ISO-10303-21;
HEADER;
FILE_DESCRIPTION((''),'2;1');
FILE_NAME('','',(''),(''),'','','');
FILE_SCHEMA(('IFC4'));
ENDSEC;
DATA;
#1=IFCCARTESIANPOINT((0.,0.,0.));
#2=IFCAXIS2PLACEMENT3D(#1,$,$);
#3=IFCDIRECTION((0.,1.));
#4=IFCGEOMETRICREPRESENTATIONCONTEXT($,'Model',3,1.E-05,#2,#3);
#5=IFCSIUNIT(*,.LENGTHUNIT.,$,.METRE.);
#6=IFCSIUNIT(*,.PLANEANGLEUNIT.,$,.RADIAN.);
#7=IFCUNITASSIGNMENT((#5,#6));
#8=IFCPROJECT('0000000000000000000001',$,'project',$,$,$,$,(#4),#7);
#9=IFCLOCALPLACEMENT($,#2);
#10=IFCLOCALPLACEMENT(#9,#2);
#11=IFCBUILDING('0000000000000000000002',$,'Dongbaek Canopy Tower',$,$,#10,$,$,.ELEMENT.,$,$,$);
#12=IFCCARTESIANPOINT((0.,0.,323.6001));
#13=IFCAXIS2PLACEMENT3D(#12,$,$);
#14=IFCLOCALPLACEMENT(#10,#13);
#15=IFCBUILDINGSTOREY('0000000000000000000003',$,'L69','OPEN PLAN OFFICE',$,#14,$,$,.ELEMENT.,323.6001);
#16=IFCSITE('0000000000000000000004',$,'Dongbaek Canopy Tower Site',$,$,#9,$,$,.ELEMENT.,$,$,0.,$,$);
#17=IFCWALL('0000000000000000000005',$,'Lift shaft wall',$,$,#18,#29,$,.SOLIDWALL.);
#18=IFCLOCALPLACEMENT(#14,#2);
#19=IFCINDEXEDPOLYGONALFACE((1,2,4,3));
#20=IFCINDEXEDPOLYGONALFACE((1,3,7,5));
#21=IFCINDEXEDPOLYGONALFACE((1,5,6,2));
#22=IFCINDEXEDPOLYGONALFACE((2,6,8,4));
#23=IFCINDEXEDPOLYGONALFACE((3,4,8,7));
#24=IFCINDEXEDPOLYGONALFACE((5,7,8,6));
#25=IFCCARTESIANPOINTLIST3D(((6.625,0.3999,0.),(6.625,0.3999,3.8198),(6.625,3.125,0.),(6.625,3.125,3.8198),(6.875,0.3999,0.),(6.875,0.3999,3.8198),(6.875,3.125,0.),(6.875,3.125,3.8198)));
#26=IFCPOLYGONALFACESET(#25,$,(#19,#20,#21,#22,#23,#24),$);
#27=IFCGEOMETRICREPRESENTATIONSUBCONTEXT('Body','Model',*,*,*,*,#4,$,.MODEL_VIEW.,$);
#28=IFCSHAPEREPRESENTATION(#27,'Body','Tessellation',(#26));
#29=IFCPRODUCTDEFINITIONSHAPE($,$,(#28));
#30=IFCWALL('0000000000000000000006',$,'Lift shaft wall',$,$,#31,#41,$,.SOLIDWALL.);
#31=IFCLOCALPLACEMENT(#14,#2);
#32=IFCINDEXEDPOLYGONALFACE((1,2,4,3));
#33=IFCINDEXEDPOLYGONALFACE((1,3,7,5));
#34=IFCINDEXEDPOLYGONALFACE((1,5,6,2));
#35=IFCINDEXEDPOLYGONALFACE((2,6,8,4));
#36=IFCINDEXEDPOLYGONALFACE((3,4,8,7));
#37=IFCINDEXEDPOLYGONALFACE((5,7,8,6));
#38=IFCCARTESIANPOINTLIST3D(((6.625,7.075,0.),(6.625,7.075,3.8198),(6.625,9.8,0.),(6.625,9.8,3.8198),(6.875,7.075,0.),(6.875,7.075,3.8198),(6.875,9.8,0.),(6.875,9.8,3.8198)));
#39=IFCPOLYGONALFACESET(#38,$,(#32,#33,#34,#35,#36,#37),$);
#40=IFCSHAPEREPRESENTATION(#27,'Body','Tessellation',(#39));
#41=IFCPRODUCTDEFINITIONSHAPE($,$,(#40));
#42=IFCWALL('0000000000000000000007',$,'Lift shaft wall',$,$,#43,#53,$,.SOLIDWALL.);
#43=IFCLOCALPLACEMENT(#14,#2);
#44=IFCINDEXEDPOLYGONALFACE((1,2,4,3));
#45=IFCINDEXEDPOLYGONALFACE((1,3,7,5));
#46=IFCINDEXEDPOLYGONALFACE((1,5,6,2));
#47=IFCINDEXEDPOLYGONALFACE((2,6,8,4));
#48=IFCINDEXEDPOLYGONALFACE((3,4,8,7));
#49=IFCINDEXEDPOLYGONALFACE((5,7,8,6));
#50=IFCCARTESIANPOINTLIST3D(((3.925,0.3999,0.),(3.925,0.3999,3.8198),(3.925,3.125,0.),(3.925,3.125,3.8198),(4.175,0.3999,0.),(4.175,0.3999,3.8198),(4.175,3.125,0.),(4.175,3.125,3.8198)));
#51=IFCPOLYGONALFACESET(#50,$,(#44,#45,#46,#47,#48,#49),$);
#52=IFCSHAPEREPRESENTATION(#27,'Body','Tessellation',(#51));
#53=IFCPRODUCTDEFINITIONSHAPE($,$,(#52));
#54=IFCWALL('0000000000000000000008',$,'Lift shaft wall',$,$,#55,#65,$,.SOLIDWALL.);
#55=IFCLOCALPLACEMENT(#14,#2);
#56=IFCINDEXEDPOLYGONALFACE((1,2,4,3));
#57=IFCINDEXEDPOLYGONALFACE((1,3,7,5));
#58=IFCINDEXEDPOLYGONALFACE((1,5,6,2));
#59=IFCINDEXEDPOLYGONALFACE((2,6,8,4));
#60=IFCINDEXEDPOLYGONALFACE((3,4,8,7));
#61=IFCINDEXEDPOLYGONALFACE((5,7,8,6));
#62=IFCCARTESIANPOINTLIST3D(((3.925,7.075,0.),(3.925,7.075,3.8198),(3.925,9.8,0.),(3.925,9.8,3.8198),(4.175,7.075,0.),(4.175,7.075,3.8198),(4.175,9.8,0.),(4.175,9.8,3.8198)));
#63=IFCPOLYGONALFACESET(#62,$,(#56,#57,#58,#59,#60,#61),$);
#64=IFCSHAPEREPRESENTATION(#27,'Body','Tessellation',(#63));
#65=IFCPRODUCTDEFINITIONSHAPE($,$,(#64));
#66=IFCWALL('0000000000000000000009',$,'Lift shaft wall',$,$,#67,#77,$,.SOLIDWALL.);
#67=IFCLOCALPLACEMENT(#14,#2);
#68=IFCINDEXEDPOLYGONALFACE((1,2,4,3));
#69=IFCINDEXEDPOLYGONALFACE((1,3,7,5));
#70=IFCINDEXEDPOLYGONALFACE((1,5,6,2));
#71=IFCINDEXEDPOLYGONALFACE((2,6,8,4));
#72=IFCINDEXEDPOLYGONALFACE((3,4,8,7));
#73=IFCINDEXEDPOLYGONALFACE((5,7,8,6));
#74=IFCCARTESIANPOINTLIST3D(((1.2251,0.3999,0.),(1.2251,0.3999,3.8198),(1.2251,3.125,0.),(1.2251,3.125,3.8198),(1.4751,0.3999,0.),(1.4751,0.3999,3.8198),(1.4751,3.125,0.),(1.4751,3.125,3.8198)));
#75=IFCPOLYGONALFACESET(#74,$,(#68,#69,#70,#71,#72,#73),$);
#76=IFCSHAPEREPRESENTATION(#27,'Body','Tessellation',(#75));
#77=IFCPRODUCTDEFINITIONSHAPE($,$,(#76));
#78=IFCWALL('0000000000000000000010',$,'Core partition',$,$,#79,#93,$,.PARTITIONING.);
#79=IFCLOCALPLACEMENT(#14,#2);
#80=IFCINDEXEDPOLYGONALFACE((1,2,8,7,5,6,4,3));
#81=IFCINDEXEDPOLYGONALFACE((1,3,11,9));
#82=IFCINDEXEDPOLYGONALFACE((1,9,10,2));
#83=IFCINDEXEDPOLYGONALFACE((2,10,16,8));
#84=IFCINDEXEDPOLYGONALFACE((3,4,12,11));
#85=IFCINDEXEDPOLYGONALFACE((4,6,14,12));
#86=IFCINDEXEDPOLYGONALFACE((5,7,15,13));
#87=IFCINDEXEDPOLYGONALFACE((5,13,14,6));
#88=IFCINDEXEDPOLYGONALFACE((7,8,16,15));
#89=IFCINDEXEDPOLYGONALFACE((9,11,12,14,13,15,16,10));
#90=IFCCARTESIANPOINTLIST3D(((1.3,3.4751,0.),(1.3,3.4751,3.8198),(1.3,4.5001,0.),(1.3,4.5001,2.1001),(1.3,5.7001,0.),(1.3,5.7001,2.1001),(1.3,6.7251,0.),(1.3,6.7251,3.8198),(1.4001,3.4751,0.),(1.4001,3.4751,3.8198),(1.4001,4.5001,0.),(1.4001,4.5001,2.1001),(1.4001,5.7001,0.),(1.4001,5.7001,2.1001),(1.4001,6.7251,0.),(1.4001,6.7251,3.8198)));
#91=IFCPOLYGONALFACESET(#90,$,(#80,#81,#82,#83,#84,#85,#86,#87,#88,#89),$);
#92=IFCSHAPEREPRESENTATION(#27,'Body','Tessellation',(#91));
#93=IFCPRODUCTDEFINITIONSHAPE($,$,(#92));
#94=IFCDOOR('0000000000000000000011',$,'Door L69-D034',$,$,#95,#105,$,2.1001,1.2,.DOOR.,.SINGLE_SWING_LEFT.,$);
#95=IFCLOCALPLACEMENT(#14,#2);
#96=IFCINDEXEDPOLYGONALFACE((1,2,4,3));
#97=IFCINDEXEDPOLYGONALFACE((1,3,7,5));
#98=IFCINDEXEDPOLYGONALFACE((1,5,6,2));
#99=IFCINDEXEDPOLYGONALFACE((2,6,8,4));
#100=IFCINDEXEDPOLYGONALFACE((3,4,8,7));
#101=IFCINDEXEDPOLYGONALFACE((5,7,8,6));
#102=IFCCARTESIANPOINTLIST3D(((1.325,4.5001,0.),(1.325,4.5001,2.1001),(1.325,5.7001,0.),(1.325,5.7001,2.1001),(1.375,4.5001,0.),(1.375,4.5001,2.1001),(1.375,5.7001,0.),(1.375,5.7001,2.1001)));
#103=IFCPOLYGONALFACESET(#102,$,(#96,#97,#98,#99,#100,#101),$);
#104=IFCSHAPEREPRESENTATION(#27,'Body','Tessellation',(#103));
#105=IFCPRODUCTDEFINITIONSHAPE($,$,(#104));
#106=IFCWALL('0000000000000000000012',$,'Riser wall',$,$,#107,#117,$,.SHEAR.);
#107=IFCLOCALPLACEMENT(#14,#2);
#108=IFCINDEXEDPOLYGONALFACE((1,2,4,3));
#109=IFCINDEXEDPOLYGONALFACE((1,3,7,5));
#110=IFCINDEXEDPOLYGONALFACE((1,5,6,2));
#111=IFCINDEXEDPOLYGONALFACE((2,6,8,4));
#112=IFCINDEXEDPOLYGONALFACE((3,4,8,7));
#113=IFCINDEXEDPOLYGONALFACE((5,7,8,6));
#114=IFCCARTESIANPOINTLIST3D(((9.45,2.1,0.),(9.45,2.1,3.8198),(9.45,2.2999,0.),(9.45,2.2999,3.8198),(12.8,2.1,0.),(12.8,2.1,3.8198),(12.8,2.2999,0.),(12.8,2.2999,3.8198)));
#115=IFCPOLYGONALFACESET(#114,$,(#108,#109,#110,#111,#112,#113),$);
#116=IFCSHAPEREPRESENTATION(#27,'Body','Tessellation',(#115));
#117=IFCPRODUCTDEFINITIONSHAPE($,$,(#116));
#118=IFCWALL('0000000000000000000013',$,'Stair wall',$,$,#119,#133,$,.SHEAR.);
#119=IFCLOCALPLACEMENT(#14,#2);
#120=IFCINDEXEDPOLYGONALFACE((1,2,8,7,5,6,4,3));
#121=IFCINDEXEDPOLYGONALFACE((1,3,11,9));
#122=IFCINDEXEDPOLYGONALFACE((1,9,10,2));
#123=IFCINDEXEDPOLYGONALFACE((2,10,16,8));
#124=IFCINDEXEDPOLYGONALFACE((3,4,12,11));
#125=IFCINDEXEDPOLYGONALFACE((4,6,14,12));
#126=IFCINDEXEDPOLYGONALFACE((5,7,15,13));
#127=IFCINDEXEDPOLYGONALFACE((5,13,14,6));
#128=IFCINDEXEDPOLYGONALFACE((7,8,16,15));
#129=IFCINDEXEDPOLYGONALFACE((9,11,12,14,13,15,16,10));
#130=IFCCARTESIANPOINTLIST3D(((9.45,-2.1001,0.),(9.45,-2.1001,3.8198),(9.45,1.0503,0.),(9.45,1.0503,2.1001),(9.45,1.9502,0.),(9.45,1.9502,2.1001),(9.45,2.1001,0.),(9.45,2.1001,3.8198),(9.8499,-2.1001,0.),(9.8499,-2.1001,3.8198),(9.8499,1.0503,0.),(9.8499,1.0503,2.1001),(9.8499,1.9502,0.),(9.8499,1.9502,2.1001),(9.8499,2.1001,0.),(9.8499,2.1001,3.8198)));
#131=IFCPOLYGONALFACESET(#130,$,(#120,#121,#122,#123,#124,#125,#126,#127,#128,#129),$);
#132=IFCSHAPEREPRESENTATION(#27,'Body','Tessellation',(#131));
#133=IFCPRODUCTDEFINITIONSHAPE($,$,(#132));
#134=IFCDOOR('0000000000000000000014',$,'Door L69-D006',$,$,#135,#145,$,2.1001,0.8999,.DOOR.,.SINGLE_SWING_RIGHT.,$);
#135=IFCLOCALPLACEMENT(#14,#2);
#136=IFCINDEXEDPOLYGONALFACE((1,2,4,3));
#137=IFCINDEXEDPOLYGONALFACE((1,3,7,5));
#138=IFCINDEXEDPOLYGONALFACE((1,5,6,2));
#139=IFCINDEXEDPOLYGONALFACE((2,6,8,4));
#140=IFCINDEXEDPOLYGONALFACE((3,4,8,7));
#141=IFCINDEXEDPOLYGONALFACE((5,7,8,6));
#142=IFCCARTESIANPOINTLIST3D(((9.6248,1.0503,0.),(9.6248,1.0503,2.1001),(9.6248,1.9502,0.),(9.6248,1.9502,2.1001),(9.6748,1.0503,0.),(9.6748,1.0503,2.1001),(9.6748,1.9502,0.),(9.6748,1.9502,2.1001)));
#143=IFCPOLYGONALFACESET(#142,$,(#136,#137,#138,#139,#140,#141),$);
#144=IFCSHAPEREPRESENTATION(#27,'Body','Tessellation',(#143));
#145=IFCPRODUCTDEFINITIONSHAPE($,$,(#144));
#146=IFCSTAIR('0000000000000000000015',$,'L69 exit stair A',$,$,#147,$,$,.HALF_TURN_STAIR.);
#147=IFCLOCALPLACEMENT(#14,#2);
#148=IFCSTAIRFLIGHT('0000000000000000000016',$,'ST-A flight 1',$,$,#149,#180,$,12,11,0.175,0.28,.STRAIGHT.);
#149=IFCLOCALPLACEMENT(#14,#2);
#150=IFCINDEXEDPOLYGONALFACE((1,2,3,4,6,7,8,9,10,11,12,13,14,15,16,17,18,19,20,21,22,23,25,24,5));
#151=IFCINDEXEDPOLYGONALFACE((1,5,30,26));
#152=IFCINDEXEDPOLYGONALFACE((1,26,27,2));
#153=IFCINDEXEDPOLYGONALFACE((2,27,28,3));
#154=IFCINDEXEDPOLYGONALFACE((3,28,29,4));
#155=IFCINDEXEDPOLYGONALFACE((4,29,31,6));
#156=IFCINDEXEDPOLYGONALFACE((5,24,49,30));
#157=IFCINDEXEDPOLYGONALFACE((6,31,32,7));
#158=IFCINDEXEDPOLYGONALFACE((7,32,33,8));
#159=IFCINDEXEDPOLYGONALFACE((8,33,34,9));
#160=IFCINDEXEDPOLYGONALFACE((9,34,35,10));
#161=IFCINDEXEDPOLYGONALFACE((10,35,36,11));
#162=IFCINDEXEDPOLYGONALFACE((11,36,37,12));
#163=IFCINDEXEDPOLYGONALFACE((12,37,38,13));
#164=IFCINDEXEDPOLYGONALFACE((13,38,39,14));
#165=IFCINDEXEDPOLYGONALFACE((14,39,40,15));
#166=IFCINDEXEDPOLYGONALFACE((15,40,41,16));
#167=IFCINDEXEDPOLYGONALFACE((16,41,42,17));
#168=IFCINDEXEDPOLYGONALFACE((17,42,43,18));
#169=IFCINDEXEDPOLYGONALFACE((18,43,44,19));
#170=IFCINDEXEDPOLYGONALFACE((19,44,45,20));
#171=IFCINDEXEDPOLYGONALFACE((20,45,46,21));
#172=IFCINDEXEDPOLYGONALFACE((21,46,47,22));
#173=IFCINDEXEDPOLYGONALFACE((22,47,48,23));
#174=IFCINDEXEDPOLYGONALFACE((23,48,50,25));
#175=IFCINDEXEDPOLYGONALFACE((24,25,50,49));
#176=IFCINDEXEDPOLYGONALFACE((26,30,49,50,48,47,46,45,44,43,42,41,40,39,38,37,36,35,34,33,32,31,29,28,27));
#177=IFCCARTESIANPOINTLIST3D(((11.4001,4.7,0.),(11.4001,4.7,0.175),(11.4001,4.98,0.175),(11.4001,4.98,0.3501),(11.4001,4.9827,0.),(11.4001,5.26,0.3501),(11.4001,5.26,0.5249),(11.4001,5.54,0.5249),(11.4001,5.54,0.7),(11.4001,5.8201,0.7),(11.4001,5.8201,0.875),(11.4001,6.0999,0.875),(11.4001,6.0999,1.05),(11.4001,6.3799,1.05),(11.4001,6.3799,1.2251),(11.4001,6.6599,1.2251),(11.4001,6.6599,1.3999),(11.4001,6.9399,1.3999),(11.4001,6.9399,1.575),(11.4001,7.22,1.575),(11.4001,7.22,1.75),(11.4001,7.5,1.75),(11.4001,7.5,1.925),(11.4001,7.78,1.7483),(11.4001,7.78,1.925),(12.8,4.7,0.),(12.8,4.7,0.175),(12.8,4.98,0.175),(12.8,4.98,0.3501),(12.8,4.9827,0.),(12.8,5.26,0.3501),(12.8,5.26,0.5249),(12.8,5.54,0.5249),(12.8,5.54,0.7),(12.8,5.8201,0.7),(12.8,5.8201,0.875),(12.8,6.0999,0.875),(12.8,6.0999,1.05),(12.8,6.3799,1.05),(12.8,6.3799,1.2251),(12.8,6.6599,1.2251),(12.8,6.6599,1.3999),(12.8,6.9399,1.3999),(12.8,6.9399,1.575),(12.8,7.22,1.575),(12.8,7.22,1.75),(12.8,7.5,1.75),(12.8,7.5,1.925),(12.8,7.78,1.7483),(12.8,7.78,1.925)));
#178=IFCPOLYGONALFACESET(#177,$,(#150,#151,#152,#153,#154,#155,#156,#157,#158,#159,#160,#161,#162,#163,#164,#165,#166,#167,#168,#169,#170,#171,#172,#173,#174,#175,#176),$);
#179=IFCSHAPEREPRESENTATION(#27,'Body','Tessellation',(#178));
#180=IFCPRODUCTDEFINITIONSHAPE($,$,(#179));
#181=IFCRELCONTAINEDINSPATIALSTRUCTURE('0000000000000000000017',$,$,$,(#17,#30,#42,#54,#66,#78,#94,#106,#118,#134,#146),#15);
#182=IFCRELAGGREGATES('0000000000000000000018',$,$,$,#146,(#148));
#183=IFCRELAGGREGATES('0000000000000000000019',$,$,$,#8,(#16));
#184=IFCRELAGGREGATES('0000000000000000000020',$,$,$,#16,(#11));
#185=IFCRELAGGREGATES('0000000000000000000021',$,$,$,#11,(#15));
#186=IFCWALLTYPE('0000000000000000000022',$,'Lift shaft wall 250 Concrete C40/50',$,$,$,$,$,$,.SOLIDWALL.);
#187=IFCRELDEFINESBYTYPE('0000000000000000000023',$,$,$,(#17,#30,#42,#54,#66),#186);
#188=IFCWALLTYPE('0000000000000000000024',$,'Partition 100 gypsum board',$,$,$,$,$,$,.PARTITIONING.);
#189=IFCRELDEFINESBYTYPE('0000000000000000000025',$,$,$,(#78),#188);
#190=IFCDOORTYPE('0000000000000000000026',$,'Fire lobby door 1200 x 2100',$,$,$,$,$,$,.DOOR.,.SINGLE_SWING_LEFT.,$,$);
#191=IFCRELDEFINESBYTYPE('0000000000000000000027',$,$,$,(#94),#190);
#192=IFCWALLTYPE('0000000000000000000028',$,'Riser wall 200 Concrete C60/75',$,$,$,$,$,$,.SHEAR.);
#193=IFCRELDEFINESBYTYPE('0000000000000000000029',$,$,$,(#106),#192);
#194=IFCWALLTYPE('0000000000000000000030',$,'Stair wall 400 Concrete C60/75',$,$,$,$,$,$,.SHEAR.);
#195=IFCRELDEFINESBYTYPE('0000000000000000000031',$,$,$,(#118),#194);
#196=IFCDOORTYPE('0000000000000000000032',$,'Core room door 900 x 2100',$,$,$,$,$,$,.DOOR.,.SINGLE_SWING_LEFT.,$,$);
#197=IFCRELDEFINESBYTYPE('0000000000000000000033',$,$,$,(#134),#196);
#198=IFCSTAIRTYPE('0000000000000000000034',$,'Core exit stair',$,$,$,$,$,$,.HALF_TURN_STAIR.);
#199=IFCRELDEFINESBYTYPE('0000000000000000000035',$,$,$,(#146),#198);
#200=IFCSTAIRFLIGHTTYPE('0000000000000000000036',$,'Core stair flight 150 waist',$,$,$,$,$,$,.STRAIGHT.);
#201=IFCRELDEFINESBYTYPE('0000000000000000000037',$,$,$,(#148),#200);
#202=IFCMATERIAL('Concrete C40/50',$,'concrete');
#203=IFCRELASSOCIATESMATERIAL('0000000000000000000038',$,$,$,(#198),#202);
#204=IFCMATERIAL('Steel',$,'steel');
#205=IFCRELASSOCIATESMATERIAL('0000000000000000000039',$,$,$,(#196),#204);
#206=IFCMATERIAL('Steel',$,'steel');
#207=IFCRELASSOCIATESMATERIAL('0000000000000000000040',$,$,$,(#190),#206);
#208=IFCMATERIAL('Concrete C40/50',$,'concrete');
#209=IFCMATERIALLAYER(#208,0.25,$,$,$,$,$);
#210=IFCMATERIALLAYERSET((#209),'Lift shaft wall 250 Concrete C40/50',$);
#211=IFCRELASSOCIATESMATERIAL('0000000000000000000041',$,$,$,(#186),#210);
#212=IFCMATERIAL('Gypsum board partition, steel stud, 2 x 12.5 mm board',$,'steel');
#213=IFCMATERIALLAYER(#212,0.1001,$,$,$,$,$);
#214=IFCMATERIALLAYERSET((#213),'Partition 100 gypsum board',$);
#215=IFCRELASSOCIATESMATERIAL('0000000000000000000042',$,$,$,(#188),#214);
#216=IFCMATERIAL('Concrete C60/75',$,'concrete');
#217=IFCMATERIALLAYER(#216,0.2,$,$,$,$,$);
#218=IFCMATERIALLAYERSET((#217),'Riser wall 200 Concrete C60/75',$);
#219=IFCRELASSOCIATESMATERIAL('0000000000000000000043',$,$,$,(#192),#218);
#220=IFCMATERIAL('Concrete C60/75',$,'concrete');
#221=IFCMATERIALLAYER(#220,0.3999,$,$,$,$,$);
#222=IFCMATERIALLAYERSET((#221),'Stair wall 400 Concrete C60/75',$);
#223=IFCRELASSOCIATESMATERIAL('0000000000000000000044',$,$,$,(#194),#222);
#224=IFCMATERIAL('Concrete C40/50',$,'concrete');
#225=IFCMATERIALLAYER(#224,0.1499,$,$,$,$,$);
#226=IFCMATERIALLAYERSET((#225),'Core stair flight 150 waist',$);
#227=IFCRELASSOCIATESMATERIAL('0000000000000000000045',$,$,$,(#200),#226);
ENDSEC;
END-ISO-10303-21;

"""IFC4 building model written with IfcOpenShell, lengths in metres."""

from ifc_helpers import new_model, si_unit, direction, frame, frame_2d, origin, place, context, subcontext, project, spatial, polyline, rectangle, outline, extrude, material, layer, layer_set, type_object, element, fill, aggregate, save


model = new_model("IFC4")

# Units and contexts
model_context = context("Model", 3, precision=1e-05, world=origin(), true_north=direction((0.0, 1.0)))
body_context = subcontext(model_context, "Body", "Model", "MODEL_VIEW")
ifc_project = project(units=[si_unit("LENGTHUNIT", "METRE"), si_unit("PLANEANGLEUNIT", "RADIAN")], contexts=[model_context])

# Site, building, storey
site_placement = place(None, origin())
site = spatial("IfcSite", under=ifc_project, at=site_placement, Name="Dongbaek Canopy Tower Site", CompositionType="ELEMENT", RefElevation=0.0)
building_placement = place(site_placement, origin())
building = spatial("IfcBuilding", under=site, at=building_placement, Name="Dongbaek Canopy Tower", CompositionType="ELEMENT")
storey_placement = place(building_placement, frame((0.0, 0.0, 323.6001)))
storey = spatial("IfcBuildingStorey", under=building, at=storey_placement, Name="L69", Description="OPEN PLAN OFFICE", CompositionType="ELEMENT", Elevation=323.6001)

# Shared definitions
ifc_material_1 = material(Name="Concrete C40/50", Category="concrete")
stair_type = type_object("IfcStairType", Name="Core exit stair", PredefinedType="HALF_TURN_STAIR", material=ifc_material_1)

# Shared definitions
ifc_material_2 = material(Name="Steel", Category="steel")
door_type_1 = type_object("IfcDoorType", Name="Core room door 900 x 2100", OperationType="SINGLE_SWING_LEFT", PredefinedType="DOOR", material=ifc_material_2)

# Shared definitions
ifc_material_3 = material(Name="Steel", Category="steel")
door_type_2 = type_object("IfcDoorType", Name="Fire lobby door 1200 x 2100", OperationType="SINGLE_SWING_LEFT", PredefinedType="DOOR", material=ifc_material_3)

# Walls
ifc_material_4 = material(Name="Concrete C40/50", Category="concrete")
ifc_layer_1 = layer(ifc_material_4, 0.25)
ifc_layer_set_1 = layer_set([ifc_layer_1], Name="Lift shaft wall 250 Concrete C40/50")
wall_type_1 = type_object("IfcWallType", Name="Lift shaft wall 250 Concrete C40/50", PredefinedType="SOLIDWALL", material=ifc_layer_set_1)
for number, where, z_axis, x_axis, name in (
    (1, (6.75, 0.3999, 0.0), (0.0, 0.0, 1.0), (0.0, 1.0, 0.0), "Lift shaft wall"),
    (2, (6.75, 7.075, 0.0), (0.0, 0.0, 1.0), (0.0, 1.0, 0.0), "Lift shaft wall"),
    (3, (4.05, 0.3999, 0.0), (0.0, 0.0, 1.0), (0.0, 1.0, 0.0), "Lift shaft wall"),
    (4, (4.05, 7.075, 0.0), (0.0, 0.0, 1.0), (0.0, 1.0, 0.0), "Lift shaft wall"),
    (5, (1.3501, 0.3999, 0.0), (0.0, 0.0, 1.0), (0.0, 1.0, 0.0), "Lift shaft wall"),
):
    element("IfcWall", number, at=place(storey_placement, frame(where, z_axis=z_axis, x_axis=x_axis)), inside=storey, type_object=wall_type_1, Name=name, PredefinedType="SOLIDWALL", context=body_context, shape_type="SweptSolid", body=[
        extrude(rectangle(XDim=2.7251, YDim=0.25, at=frame_2d((1.3625, 0.0))), origin(), (0.0, 0.0, 1.0), 3.8198),
    ])

# Wall, opening, door
ifc_material_5 = material(Name="Gypsum board partition, steel stud, 2 x 12.5 mm board", Category="steel")
ifc_layer_2 = layer(ifc_material_5, 0.1001)
ifc_layer_set_2 = layer_set([ifc_layer_2], Name="Partition 100 gypsum board")
wall_type_2 = type_object("IfcWallType", Name="Partition 100 gypsum board", PredefinedType="PARTITIONING", material=ifc_layer_set_2)
wall_1_placement = place(storey_placement, frame((1.3501, 6.7251, 0.0), z_axis=(0.0, 0.0, 1.0), x_axis=(0.0, -1.0, 0.0)))
wall_1 = element("IfcWall", 6, at=wall_1_placement, inside=storey, type_object=wall_type_2, Name="Core partition", PredefinedType="PARTITIONING", context=body_context, shape_type="SweptSolid", body=[
    extrude(rectangle(XDim=3.25, YDim=0.1001, at=frame_2d((1.625, 0.0))), origin(), (0.0, 0.0, 1.0), 3.8198),
])
opening_1_placement = place(wall_1_placement, frame((1.0249, 0.0, 0.0)))
opening_1 = element("IfcOpeningElement", 7, at=opening_1_placement, cuts=wall_1, PredefinedType="OPENING", context=body_context, shape_type="SweptSolid", body=[
    extrude(rectangle(XDim=1.2, YDim=2.1001, at=frame_2d((0.6001, 1.05))), frame((0.0, 0.0601, 0.0), z_axis=(0.0, -1.0, 0.0), x_axis=(1.0, 0.0, 0.0)), (0.0, 0.0, 1.0), 0.1201),
])
door_1_placement = place(opening_1_placement, origin())
door_1 = element("IfcDoor", 8, at=door_1_placement, inside=storey, type_object=door_type_2, Name="Door L69-D034", OperationType="SINGLE_SWING_LEFT", OverallHeight=2.1001, OverallWidth=1.2, PredefinedType="DOOR", context=body_context, shape_type="SweptSolid", body=[
    extrude(rectangle(XDim=1.2, YDim=2.1001, at=frame_2d((0.6001, 1.05))), frame((0.0, 0.0249, 0.0), z_axis=(0.0, -1.0, 0.0), x_axis=(1.0, 0.0, 0.0)), (0.0, 0.0, 1.0), 0.05),
])
fill(opening_1, door_1)

# Wall
ifc_material_6 = material(Name="Concrete C60/75", Category="concrete")
ifc_layer_3 = layer(ifc_material_6, 0.2)
ifc_layer_set_3 = layer_set([ifc_layer_3], Name="Riser wall 200 Concrete C60/75")
wall_type_3 = type_object("IfcWallType", Name="Riser wall 200 Concrete C60/75", PredefinedType="SHEAR", material=ifc_layer_set_3)
wall_2_placement = place(storey_placement, frame((9.45, 2.2, 0.0), z_axis=(0.0, 0.0, 1.0), x_axis=(1.0, 0.0, 0.0)))
element("IfcWall", 9, at=wall_2_placement, inside=storey, type_object=wall_type_3, Name="Riser wall", PredefinedType="SHEAR", context=body_context, shape_type="SweptSolid", body=[
    extrude(rectangle(XDim=3.3501, YDim=0.2, at=frame_2d((1.675, 0.0))), origin(), (0.0, 0.0, 1.0), 3.8198),
])

# Wall, opening, door
ifc_material_7 = material(Name="Concrete C60/75", Category="concrete")
ifc_layer_4 = layer(ifc_material_7, 0.3999)
ifc_layer_set_4 = layer_set([ifc_layer_4], Name="Stair wall 400 Concrete C60/75")
wall_type_4 = type_object("IfcWallType", Name="Stair wall 400 Concrete C60/75", PredefinedType="SHEAR", material=ifc_layer_set_4)
wall_3_placement = place(storey_placement, frame((9.6499, 2.1001, 0.0), z_axis=(0.0, 0.0, 1.0), x_axis=(0.0, -1.0, 0.0)))
wall_3 = element("IfcWall", 10, at=wall_3_placement, inside=storey, type_object=wall_type_4, Name="Stair wall", PredefinedType="SHEAR", context=body_context, shape_type="SweptSolid", body=[
    extrude(rectangle(XDim=4.2002, YDim=0.3999, at=frame_2d((2.1001, 0.0))), origin(), (0.0, 0.0, 1.0), 3.8198),
])
opening_2_placement = place(wall_3_placement, frame((0.1499, 0.0, 0.0)))
opening_2 = element("IfcOpeningElement", 11, at=opening_2_placement, cuts=wall_3, PredefinedType="OPENING", context=body_context, shape_type="SweptSolid", body=[
    extrude(rectangle(XDim=0.8999, YDim=2.1001, at=frame_2d((0.45, 1.05))), frame((0.0, 0.21, 0.0), z_axis=(0.0, -1.0, 0.0), x_axis=(1.0, 0.0, 0.0)), (0.0, 0.0, 1.0), 0.4199),
])
door_2_placement = place(opening_2_placement, origin())
door_2 = element("IfcDoor", 12, at=door_2_placement, inside=storey, type_object=door_type_1, Name="Door L69-D006", OperationType="SINGLE_SWING_RIGHT", OverallHeight=2.1001, OverallWidth=0.8999, PredefinedType="DOOR", context=body_context, shape_type="SweptSolid", body=[
    extrude(rectangle(XDim=0.8999, YDim=2.1001, at=frame_2d((0.45, 1.05))), frame((0.0, 0.0249, 0.0), z_axis=(0.0, -1.0, 0.0), x_axis=(1.0, 0.0, 0.0)), (0.0, 0.0, 1.0), 0.05),
])
fill(opening_2, door_2)

# Stair, stair flight
stair_1_placement = place(storey_placement, origin())
stair_1 = element("IfcStair", 13, at=stair_1_placement, inside=storey, type_object=stair_type, Name="L69 exit stair A", PredefinedType="HALF_TURN_STAIR")
ifc_material_8 = material(Name="Concrete C40/50", Category="concrete")
ifc_layer_5 = layer(ifc_material_8, 0.1499)
ifc_layer_set_5 = layer_set([ifc_layer_5], Name="Core stair flight 150 waist")
stair_flight_type = type_object("IfcStairFlightType", Name="Core stair flight 150 waist", PredefinedType="STRAIGHT", material=ifc_layer_set_5)
stair_flight_1_placement = place(storey_placement, frame((12.1001, 4.7, 0.0), z_axis=(0.0, 0.0, 1.0), x_axis=(0.0, 1.0, 0.0)))
stair_flight_1 = element("IfcStairFlight", 14, at=stair_flight_1_placement, type_object=stair_flight_type, Name="ST-A flight 1", NumberOfRisers=12, NumberOfTreads=11, PredefinedType="STRAIGHT", RiserHeight=0.175, TreadLength=0.28, context=body_context, shape_type="SweptSolid", body=[
    extrude(outline(polyline([(0.0, 0.0), (0.0, 0.175), (0.28, 0.175), (0.28, 0.3501), (0.5601, 0.3501), (0.5601, 0.5249), (0.8401, 0.5249), (0.8401, 0.7), (1.1201, 0.7), (1.1201, 0.875), (1.3999, 0.875), (1.3999, 1.05), (1.6799, 1.05), (1.6799, 1.2251), (1.96, 1.2251), (1.96, 1.3999), (2.24, 1.3999), (2.24, 1.575), (2.52, 1.575), (2.52, 1.75), (2.8, 1.75), (2.8, 1.925), (3.0801, 1.925), (3.0801, 2.1001), (3.0801, 1.7483), (0.2827, 0.0), (0.0, 0.0)])), frame((0.0, 0.7, 0.0), z_axis=(0.0, -1.0, 0.0), x_axis=(1.0, 0.0, 0.0)), (0.0, 0.0, 1.0), 1.3999),
])
aggregate(stair_1, [stair_flight_1])

save(model, "model.ifc")
